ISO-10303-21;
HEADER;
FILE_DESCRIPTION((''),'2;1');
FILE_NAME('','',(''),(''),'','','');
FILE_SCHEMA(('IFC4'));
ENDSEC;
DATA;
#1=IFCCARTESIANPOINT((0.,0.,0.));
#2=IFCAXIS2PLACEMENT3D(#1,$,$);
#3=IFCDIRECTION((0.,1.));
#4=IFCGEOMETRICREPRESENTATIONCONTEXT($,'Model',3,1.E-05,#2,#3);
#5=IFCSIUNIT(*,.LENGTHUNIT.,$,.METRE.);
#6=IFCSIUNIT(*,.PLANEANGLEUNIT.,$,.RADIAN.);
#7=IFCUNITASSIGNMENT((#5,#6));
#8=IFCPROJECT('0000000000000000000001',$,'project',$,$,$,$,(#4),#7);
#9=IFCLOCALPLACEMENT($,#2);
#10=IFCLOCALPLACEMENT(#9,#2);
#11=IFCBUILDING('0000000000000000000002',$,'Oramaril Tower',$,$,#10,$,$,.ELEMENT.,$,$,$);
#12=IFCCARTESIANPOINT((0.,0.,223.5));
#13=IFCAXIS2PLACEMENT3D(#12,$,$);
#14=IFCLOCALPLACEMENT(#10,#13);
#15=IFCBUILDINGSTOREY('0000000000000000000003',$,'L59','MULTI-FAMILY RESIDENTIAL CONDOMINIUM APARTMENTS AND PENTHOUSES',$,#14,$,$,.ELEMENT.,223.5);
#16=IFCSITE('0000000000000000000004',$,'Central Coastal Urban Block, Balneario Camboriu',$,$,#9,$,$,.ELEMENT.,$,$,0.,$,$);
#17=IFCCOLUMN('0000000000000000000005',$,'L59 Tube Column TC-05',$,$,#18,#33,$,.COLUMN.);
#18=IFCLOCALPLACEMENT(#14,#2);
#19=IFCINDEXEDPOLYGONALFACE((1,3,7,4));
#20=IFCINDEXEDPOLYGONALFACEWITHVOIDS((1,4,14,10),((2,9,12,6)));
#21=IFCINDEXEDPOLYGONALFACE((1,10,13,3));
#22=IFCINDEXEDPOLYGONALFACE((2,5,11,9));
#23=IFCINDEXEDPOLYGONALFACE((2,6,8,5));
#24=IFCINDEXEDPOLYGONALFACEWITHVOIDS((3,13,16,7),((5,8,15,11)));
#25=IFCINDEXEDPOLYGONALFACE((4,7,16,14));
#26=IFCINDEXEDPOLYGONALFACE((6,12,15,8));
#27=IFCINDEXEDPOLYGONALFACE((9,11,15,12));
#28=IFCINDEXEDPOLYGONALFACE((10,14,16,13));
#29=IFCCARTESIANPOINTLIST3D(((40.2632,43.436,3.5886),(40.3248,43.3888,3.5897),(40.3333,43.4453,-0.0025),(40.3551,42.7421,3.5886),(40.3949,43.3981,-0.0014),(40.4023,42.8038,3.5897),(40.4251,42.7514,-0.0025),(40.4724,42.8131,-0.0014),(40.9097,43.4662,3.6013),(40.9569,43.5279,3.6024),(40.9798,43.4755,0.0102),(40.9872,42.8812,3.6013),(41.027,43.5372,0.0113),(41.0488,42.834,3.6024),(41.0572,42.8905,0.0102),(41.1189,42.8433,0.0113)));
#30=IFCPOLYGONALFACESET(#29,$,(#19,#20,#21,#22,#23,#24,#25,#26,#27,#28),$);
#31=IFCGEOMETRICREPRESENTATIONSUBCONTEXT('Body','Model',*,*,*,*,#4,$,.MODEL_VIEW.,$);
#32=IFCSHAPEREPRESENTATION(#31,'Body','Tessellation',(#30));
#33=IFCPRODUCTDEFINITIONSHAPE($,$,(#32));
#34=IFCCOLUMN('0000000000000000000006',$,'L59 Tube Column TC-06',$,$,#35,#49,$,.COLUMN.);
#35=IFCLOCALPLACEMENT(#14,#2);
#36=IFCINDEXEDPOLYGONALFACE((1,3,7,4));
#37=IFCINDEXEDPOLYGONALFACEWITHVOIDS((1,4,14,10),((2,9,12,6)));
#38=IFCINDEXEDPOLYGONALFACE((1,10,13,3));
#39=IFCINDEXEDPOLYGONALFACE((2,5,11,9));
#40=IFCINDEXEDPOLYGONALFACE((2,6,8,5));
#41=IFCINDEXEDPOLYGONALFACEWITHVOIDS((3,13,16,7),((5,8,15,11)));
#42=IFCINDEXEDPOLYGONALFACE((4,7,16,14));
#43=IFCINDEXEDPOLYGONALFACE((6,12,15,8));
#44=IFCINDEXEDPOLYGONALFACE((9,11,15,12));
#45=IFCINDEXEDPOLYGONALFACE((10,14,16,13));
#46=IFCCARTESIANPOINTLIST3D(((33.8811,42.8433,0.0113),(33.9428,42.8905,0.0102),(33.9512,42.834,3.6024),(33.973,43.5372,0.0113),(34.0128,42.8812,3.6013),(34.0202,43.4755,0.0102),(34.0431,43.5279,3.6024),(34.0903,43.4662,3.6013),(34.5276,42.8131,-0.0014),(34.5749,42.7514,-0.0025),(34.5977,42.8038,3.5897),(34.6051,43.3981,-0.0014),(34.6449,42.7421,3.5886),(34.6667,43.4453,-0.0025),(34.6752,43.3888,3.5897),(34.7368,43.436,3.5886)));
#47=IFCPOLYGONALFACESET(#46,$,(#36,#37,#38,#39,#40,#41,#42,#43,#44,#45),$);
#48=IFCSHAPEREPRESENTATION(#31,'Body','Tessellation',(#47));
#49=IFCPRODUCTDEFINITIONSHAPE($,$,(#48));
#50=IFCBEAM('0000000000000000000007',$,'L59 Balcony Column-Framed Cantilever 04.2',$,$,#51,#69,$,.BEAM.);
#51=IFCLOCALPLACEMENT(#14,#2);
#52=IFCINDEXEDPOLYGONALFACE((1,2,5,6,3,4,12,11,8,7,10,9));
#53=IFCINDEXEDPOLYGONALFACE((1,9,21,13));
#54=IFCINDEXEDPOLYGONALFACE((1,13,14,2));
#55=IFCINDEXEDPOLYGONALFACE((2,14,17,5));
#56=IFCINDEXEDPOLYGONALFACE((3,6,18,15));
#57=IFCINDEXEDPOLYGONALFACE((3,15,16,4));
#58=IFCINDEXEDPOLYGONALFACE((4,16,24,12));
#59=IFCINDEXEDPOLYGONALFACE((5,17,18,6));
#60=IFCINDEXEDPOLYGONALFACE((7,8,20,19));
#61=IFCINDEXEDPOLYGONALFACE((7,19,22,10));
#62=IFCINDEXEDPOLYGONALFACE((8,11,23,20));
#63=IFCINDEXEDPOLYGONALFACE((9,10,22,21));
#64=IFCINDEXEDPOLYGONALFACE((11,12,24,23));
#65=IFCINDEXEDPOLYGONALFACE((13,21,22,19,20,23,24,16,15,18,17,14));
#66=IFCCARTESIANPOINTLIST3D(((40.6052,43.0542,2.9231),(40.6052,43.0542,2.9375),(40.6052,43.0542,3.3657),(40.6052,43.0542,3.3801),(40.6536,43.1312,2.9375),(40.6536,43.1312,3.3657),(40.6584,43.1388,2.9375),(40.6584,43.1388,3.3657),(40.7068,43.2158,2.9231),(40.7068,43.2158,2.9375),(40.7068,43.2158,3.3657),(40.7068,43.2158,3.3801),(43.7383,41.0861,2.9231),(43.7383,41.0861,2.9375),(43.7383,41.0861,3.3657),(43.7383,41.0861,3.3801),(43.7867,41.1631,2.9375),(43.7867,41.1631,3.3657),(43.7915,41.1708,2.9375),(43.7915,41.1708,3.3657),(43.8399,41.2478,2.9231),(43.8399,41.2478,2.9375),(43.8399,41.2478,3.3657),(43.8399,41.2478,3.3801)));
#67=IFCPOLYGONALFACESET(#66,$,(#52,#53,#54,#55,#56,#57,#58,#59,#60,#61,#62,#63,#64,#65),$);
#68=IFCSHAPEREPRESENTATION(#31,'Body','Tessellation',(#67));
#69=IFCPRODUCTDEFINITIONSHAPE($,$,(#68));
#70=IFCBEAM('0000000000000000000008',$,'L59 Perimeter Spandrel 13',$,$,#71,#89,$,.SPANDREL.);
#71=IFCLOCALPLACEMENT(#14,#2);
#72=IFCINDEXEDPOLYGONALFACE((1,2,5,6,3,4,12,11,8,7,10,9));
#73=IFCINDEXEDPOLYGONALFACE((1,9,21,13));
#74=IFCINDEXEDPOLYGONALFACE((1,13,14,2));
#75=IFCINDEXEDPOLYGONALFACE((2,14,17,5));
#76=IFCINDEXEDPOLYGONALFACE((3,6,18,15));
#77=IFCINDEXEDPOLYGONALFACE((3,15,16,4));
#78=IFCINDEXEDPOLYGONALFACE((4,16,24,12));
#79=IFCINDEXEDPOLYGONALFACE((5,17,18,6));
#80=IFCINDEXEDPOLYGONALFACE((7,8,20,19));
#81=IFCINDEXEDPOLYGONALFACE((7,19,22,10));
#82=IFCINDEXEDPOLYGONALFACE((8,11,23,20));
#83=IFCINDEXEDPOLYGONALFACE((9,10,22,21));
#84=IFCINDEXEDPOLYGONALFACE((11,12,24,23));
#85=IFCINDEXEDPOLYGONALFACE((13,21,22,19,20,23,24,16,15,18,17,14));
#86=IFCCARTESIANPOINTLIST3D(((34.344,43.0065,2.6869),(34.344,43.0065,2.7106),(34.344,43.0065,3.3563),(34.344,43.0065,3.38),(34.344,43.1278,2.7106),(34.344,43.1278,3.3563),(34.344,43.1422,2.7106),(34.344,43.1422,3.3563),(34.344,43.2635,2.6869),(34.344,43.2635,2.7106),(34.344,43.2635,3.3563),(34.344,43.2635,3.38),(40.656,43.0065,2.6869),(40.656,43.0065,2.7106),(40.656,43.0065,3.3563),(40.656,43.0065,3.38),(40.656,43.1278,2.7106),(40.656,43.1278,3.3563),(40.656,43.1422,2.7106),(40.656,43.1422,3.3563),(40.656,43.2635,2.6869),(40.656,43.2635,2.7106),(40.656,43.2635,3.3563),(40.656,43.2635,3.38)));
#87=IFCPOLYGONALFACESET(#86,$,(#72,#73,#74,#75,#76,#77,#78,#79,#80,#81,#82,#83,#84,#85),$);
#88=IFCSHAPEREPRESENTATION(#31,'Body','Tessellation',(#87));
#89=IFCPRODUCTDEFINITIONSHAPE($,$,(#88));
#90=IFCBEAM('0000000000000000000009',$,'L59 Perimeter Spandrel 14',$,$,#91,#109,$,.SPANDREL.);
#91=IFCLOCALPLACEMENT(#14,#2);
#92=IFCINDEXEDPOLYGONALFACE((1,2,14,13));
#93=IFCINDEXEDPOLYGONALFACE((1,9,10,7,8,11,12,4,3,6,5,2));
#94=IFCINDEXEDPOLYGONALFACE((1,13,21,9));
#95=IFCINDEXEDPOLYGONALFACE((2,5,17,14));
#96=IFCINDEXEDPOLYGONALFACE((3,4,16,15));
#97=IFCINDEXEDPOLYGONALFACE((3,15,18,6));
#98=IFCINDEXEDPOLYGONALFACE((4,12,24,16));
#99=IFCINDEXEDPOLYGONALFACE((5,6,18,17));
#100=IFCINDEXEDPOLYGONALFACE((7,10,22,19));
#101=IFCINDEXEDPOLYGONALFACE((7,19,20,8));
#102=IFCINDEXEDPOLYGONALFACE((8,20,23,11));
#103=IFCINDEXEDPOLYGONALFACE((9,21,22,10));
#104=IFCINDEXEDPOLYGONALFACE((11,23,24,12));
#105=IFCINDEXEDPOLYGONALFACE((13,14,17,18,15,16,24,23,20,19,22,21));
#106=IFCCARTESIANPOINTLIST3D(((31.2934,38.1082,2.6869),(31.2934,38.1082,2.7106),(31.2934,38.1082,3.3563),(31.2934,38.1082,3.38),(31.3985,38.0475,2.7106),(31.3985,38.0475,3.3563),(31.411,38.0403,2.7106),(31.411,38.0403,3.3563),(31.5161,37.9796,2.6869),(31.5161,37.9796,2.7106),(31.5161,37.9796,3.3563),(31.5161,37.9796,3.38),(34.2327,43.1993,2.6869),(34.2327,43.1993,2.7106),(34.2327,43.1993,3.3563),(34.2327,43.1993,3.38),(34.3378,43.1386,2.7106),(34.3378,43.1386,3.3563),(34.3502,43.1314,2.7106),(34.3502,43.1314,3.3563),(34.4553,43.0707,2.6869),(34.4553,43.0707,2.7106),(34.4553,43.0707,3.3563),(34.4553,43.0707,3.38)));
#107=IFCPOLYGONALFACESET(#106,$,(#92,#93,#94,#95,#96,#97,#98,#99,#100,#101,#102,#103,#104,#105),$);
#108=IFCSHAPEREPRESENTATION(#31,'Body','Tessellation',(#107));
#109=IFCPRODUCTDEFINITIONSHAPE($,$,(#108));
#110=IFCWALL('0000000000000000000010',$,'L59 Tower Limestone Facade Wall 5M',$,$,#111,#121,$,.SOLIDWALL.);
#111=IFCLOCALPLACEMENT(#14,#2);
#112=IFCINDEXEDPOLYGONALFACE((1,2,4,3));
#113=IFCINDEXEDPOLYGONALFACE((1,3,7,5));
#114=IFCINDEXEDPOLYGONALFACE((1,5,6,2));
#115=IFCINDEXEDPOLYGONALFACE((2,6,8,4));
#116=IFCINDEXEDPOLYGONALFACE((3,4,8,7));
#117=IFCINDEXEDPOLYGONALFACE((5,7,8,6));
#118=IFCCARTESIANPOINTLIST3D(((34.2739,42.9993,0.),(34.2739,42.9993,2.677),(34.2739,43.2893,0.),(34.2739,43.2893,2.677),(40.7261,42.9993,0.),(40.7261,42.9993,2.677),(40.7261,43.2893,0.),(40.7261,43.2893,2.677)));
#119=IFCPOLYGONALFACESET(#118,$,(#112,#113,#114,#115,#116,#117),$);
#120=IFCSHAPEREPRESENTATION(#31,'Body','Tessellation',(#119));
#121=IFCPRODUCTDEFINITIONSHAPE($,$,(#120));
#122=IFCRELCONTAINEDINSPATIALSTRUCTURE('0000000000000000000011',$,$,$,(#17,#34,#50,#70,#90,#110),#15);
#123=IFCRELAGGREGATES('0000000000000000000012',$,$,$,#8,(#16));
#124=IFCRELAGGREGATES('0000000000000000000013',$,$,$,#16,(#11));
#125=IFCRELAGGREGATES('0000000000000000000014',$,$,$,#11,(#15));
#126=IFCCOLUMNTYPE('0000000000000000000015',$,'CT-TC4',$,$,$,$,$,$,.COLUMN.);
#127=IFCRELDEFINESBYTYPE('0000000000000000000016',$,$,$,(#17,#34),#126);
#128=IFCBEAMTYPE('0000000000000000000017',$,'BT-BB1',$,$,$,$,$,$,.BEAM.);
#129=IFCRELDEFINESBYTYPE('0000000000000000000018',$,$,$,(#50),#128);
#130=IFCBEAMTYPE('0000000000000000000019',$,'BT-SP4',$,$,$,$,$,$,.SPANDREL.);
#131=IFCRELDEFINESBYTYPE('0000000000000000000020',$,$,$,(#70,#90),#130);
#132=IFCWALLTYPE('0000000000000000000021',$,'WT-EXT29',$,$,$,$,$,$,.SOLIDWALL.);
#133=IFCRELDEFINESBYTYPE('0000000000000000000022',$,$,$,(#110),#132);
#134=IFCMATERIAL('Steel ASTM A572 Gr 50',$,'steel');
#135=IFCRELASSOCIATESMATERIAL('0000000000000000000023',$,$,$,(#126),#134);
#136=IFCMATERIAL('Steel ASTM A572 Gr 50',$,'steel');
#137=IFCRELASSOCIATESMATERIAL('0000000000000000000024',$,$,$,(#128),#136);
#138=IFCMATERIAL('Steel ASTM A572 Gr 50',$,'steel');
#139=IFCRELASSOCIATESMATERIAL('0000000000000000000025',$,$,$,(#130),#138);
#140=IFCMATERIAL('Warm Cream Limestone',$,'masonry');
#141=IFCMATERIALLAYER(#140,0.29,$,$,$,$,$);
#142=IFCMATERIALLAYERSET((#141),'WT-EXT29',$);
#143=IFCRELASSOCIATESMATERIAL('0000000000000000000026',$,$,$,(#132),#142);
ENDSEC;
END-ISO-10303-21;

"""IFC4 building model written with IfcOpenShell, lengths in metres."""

from ifc_helpers import new_model, si_unit, direction, frame, frame_2d, origin, origin_2d, place, context, subcontext, project, spatial, rectangle, hollow_rectangle, i_section, extrude, material, layer, layer_set, material_profile, profile_set, type_object, element, save


model = new_model("IFC4")

# Units and contexts
model_context = context("Model", 3, precision=1e-05, world=origin(), true_north=direction((0.0, 1.0)))
body_context = subcontext(model_context, "Body", "Model", "MODEL_VIEW")
ifc_project = project(units=[si_unit("LENGTHUNIT", "METRE"), si_unit("PLANEANGLEUNIT", "RADIAN")], contexts=[model_context])

# Site, building, storey
site_placement = place(None, origin())
site = spatial("IfcSite", under=ifc_project, at=site_placement, Name="Central Coastal Urban Block, Balneario Camboriu", CompositionType="ELEMENT", RefElevation=0.0)
building_placement = place(site_placement, origin())
building = spatial("IfcBuilding", under=site, at=building_placement, Name="Oramaril Tower", CompositionType="ELEMENT")
storey_placement = place(building_placement, frame((0.0, 0.0, 223.5)))
storey = spatial("IfcBuildingStorey", under=building, at=storey_placement, Name="L59", Description="MULTI-FAMILY RESIDENTIAL CONDOMINIUM APARTMENTS AND PENTHOUSES", CompositionType="ELEMENT", Elevation=223.5)

# Columns
ifc_material_1 = material(Name="Steel ASTM A572 Gr 50", Category="steel")
ifc_material_profile_1 = material_profile(ifc_material_1, hollow_rectangle(XDim=0.7, YDim=0.7, WallThickness=0.0549, at=origin_2d()), Name="BOX700X700X55")
ifc_profile_set_1 = profile_set([ifc_material_profile_1], Name="Steel ASTM A572 Gr 50")
column_type = type_object("IfcColumnType", Name="CT-TC4", PredefinedType="COLUMN", material=ifc_profile_set_1)
for number, where, z_axis, x_axis, name in (
    (1, (40.7261, 43.1443, 0.0044), (-0.019508, -0.002583, 0.999806), (0.131259, -0.991348, 0.0), "L59 Tube Column TC-05"),
    (2, (34.2739, 43.1443, 0.0044), (0.019508, -0.002583, 0.999806), (0.131259, 0.991348, 0.0), "L59 Tube Column TC-06"),
):
    element("IfcColumn", number, at=place(storey_placement, frame(where, z_axis=z_axis, x_axis=x_axis)), inside=storey, type_object=column_type, Name=name, PredefinedType="COLUMN", context=body_context, shape_type="SweptSolid", body=[
        extrude(hollow_rectangle(XDim=0.7, YDim=0.7, WallThickness=0.0549, at=origin_2d()), origin(), (0.0, 0.0, 1.0), 3.5918),
    ])

# Beams
ifc_material_2 = material(Name="Steel ASTM A572 Gr 50", Category="steel")
ifc_material_profile_2 = material_profile(ifc_material_2, i_section(OverallWidth=0.1909, OverallDepth=0.457, WebThickness=0.009, FlangeThickness=0.0144, at=origin_2d()), Name="W18X50")
ifc_profile_set_2 = profile_set([ifc_material_profile_2], Name="Steel ASTM A572 Gr 50")
beam_type_1 = type_object("IfcBeamType", Name="BT-BB1", PredefinedType="BEAM", material=ifc_profile_set_2)
beam_1_placement = place(storey_placement, frame((40.656, 43.135, 3.1516), z_axis=(0.846799, -0.531913, 0.0), x_axis=(0.531913, 0.846799, 0.0)))
element("IfcBeam", 3, at=beam_1_placement, inside=storey, type_object=beam_type_1, Name="L59 Balcony Column-Framed Cantilever 04.2", PredefinedType="BEAM", context=body_context, shape_type="SweptSolid", body=[
    extrude(i_section(OverallWidth=0.1909, OverallDepth=0.457, WebThickness=0.009, FlangeThickness=0.0144, at=origin_2d()), origin(), (0.0, 0.0, 1.0), 3.7),
])
ifc_material_3 = material(Name="Steel ASTM A572 Gr 50", Category="steel")
ifc_material_profile_3 = material_profile(ifc_material_3, i_section(OverallWidth=0.2571, OverallDepth=0.6931, WebThickness=0.0144, FlangeThickness=0.0237, at=origin_2d()), Name="W27X114")
ifc_profile_set_3 = profile_set([ifc_material_profile_3], Name="Steel ASTM A572 Gr 50")
beam_type_2 = type_object("IfcBeamType", Name="BT-SP4", PredefinedType="SPANDREL", material=ifc_profile_set_3)
beam_2_placement = place(storey_placement, frame((40.656, 43.135, 3.0334), z_axis=(-1.0, 0.0, 0.0), x_axis=(0.0, -1.0, 0.0)))
element("IfcBeam", 4, at=beam_2_placement, inside=storey, type_object=beam_type_2, Name="L59 Perimeter Spandrel 13", PredefinedType="SPANDREL", context=body_context, shape_type="SweptSolid", body=[
    extrude(i_section(OverallWidth=0.2571, OverallDepth=0.6931, WebThickness=0.0144, FlangeThickness=0.0237, at=origin_2d()), origin(), (0.0, 0.0, 1.0), 6.312),
])
beam_3_placement = place(storey_placement, frame((34.344, 43.135, 3.0334), z_axis=(-0.499985, -0.866034, 0.0), x_axis=(0.866034, -0.499985, 0.0)))
element("IfcBeam", 5, at=beam_3_placement, inside=storey, type_object=beam_type_2, Name="L59 Perimeter Spandrel 14", PredefinedType="SPANDREL", context=body_context, shape_type="SweptSolid", body=[
    extrude(i_section(OverallWidth=0.2571, OverallDepth=0.6931, WebThickness=0.0144, FlangeThickness=0.0237, at=origin_2d()), origin(), (0.0, 0.0, 1.0), 5.8787),
])

# Wall
ifc_material_4 = material(Name="Warm Cream Limestone", Category="masonry")
ifc_layer_1 = layer(ifc_material_4, 0.29)
ifc_layer_set_1 = layer_set([ifc_layer_1], Name="WT-EXT29")
wall_type_1 = type_object("IfcWallType", Name="WT-EXT29", PredefinedType="SOLIDWALL", material=ifc_layer_set_1)
wall_1_placement = place(storey_placement, frame((40.7261, 43.1443, 0.0), z_axis=(0.0, 0.0, 1.0), x_axis=(-1.0, 0.0, 0.0)))
element("IfcWall", 6, at=wall_1_placement, inside=storey, type_object=wall_type_1, Name="L59 Tower Limestone Facade Wall 5M", PredefinedType="SOLIDWALL", context=body_context, shape_type="SweptSolid", body=[
    extrude(rectangle(XDim=6.4521, YDim=0.29, at=frame_2d((3.2261, 0.0))), origin(), (0.0, 0.0, 1.0), 2.677),
])

save(model, "model.ifc")
